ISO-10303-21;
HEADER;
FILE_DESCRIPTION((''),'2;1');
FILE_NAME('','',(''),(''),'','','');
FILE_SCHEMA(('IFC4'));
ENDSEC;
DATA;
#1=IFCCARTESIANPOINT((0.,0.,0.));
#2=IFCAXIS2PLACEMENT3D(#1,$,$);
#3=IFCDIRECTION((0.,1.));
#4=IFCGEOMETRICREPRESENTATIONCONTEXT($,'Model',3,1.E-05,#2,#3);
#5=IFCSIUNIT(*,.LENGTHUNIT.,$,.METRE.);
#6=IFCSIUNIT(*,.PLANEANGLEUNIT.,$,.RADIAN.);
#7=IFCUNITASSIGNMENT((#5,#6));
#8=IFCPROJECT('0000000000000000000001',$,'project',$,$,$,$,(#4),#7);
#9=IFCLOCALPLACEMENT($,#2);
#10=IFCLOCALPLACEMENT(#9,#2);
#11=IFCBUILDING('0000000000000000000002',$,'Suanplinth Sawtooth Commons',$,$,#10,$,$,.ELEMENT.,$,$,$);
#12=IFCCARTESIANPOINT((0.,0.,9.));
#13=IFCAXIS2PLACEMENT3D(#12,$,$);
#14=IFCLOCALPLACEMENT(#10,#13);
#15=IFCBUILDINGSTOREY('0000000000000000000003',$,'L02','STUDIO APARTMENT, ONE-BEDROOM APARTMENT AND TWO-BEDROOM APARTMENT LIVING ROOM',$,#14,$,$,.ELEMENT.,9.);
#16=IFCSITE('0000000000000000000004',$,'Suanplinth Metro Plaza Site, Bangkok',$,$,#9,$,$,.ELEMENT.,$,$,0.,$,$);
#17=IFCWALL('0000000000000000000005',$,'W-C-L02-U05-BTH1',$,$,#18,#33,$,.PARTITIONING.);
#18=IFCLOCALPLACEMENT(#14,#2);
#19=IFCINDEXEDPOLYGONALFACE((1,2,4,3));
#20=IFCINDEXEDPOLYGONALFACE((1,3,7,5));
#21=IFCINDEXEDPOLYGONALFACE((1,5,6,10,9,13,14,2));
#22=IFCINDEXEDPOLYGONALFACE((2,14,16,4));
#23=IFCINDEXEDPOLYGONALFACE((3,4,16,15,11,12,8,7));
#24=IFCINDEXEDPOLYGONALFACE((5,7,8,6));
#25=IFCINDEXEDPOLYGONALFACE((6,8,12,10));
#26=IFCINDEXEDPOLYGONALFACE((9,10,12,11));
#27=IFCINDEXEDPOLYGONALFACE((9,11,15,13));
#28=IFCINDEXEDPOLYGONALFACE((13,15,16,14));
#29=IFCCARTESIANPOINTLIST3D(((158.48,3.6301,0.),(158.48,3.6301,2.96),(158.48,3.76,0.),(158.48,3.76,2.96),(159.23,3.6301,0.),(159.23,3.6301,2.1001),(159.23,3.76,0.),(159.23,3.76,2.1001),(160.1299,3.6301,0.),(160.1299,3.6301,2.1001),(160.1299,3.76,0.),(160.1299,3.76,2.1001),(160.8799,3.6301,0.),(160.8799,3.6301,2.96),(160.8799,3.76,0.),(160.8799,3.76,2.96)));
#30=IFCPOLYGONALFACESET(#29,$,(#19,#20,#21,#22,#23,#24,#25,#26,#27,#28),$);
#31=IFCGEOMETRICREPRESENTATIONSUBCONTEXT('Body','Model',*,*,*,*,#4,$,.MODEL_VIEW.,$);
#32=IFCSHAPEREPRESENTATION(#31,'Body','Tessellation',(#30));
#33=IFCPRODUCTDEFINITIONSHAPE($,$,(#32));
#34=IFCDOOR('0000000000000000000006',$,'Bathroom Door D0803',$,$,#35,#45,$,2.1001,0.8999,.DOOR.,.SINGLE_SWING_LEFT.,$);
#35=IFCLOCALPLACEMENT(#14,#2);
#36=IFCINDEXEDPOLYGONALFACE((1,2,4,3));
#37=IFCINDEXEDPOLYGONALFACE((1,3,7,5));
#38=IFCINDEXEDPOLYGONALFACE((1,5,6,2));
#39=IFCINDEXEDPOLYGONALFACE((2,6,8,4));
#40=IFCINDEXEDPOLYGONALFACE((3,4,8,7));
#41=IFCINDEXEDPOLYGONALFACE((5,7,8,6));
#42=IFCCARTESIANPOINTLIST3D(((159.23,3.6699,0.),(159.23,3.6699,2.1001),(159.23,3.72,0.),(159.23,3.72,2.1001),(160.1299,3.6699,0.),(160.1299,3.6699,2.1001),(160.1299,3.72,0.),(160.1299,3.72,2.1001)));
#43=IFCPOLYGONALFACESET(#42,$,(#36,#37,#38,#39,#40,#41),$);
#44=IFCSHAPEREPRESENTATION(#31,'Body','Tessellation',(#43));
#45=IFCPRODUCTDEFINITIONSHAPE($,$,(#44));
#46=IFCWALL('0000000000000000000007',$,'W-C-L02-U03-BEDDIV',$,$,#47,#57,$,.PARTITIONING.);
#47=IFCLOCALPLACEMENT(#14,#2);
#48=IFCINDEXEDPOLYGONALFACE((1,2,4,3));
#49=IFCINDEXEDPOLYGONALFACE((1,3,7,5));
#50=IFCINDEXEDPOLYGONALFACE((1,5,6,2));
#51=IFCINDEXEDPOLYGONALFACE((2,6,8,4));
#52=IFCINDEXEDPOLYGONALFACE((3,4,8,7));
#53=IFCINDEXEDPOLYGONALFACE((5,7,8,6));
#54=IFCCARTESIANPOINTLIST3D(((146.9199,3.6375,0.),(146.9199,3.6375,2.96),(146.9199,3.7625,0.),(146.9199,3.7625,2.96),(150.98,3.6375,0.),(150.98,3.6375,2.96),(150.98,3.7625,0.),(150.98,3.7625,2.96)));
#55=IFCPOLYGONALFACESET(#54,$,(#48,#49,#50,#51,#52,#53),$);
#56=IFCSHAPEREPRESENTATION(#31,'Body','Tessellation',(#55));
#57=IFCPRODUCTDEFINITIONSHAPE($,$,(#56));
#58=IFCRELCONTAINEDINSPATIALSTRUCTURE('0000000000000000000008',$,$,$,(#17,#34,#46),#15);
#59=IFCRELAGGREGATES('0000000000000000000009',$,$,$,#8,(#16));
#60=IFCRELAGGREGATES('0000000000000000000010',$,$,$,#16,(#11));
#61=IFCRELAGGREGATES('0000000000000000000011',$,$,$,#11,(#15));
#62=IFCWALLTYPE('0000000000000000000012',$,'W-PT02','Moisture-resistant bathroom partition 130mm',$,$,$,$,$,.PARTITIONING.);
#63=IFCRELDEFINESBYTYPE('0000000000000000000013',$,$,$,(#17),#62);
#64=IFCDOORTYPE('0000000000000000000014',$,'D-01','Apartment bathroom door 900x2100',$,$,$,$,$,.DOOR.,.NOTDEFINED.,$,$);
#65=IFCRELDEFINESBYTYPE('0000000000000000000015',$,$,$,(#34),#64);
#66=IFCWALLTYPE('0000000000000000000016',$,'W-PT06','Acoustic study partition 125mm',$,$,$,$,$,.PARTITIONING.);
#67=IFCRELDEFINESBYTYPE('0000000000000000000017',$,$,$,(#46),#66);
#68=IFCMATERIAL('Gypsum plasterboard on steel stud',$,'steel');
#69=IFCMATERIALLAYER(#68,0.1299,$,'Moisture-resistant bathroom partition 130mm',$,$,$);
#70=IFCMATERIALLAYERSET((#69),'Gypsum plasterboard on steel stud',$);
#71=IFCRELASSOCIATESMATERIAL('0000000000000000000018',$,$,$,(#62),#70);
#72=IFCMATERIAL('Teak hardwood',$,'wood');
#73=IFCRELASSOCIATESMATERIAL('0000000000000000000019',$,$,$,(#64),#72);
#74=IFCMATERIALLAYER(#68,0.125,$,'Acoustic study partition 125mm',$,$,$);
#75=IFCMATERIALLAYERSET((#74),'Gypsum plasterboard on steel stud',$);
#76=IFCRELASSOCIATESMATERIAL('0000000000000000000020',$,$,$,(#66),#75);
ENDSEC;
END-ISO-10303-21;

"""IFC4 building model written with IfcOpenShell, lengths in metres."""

from ifc_helpers import new_model, si_unit, direction, frame, frame_2d, origin, place, context, subcontext, project, spatial, rectangle, extrude, material, layer, layer_set, type_object, element, fill, save


model = new_model("IFC4")

# Units and contexts
model_context = context("Model", 3, precision=1e-05, world=origin(), true_north=direction((0.0, 1.0)))
body_context = subcontext(model_context, "Body", "Model", "MODEL_VIEW")
ifc_project = project(units=[si_unit("LENGTHUNIT", "METRE"), si_unit("PLANEANGLEUNIT", "RADIAN")], contexts=[model_context])

# Site, building, storey
site_placement = place(None, origin())
site = spatial("IfcSite", under=ifc_project, at=site_placement, Name="Suanplinth Metro Plaza Site, Bangkok", CompositionType="ELEMENT", RefElevation=0.0)
building_placement = place(site_placement, origin())
building = spatial("IfcBuilding", under=site, at=building_placement, Name="Suanplinth Sawtooth Commons", CompositionType="ELEMENT")
storey_placement = place(building_placement, frame((0.0, 0.0, 9.0)))
storey = spatial("IfcBuildingStorey", under=building, at=storey_placement, Name="L02", Description="STUDIO APARTMENT, ONE-BEDROOM APARTMENT AND TWO-BEDROOM APARTMENT LIVING ROOM", CompositionType="ELEMENT", Elevation=9.0)

# Shared definitions
ifc_material_1 = material(Name="Gypsum plasterboard on steel stud", Category="steel")
ifc_material_2 = material(Name="Teak hardwood", Category="wood")

# Shared definitions
ifc_layer_1 = layer(ifc_material_1, 0.1299, Name="Moisture-resistant bathroom partition 130mm")
ifc_layer_set_1 = layer_set([ifc_layer_1], Name="Gypsum plasterboard on steel stud")
wall_type_1 = type_object("IfcWallType", Name="W-PT02", Description="Moisture-resistant bathroom partition 130mm", PredefinedType="PARTITIONING", material=ifc_layer_set_1)

# Wall, opening, door
wall_1_placement = place(storey_placement, frame((158.48, 3.6951, 0.0), z_axis=(0.0, 0.0, 1.0), x_axis=(1.0, 0.0, 0.0)))
wall_1 = element("IfcWall", 1, at=wall_1_placement, inside=storey, type_object=wall_type_1, Name="W-C-L02-U05-BTH1", PredefinedType="PARTITIONING", context=body_context, shape_type="SweptSolid", body=[
    extrude(rectangle(XDim=2.3999, YDim=0.1299, at=frame_2d((1.2, 0.0))), origin(), (0.0, 0.0, 1.0), 2.96),
])
opening_1_placement = place(wall_1_placement, frame((0.75, 0.0, 0.0)))
opening_1 = element("IfcOpeningElement", 2, at=opening_1_placement, cuts=wall_1, PredefinedType="OPENING", context=body_context, shape_type="SweptSolid", body=[
    extrude(rectangle(XDim=0.8999, YDim=2.1001, at=frame_2d((0.45, 1.05))), frame((0.0, 0.0798, 0.0), z_axis=(0.0, -1.0, 0.0), x_axis=(1.0, 0.0, 0.0)), (0.0, 0.0, 1.0), 0.1597),
])
door_type_1 = type_object("IfcDoorType", Name="D-01", Description="Apartment bathroom door 900x2100", OperationType="NOTDEFINED", PredefinedType="DOOR", material=ifc_material_2)
door_1_placement = place(opening_1_placement, origin())
door_1 = element("IfcDoor", 3, at=door_1_placement, inside=storey, type_object=door_type_1, Name="Bathroom Door D0803", OperationType="SINGLE_SWING_LEFT", OverallHeight=2.1001, OverallWidth=0.8999, PredefinedType="DOOR", context=body_context, shape_type="SweptSolid", body=[
    extrude(rectangle(XDim=0.8999, YDim=2.1001, at=frame_2d((0.45, 1.05))), frame((0.0, 0.0249, 0.0), z_axis=(0.0, -1.0, 0.0), x_axis=(1.0, 0.0, 0.0)), (0.0, 0.0, 1.0), 0.05),
])
fill(opening_1, door_1)

# Wall
ifc_layer_2 = layer(ifc_material_1, 0.125, Name="Acoustic study partition 125mm")
ifc_layer_set_2 = layer_set([ifc_layer_2], Name="Gypsum plasterboard on steel stud")
wall_type_2 = type_object("IfcWallType", Name="W-PT06", Description="Acoustic study partition 125mm", PredefinedType="PARTITIONING", material=ifc_layer_set_2)
wall_2_placement = place(storey_placement, frame((146.9199, 3.7, 0.0), z_axis=(0.0, 0.0, 1.0), x_axis=(1.0, 0.0, 0.0)))
element("IfcWall", 4, at=wall_2_placement, inside=storey, type_object=wall_type_2, Name="W-C-L02-U03-BEDDIV", PredefinedType="PARTITIONING", context=body_context, shape_type="SweptSolid", body=[
    extrude(rectangle(XDim=4.0601, YDim=0.125, at=frame_2d((2.03, 0.0))), origin(), (0.0, 0.0, 1.0), 2.96),
])

save(model, "model.ifc")
